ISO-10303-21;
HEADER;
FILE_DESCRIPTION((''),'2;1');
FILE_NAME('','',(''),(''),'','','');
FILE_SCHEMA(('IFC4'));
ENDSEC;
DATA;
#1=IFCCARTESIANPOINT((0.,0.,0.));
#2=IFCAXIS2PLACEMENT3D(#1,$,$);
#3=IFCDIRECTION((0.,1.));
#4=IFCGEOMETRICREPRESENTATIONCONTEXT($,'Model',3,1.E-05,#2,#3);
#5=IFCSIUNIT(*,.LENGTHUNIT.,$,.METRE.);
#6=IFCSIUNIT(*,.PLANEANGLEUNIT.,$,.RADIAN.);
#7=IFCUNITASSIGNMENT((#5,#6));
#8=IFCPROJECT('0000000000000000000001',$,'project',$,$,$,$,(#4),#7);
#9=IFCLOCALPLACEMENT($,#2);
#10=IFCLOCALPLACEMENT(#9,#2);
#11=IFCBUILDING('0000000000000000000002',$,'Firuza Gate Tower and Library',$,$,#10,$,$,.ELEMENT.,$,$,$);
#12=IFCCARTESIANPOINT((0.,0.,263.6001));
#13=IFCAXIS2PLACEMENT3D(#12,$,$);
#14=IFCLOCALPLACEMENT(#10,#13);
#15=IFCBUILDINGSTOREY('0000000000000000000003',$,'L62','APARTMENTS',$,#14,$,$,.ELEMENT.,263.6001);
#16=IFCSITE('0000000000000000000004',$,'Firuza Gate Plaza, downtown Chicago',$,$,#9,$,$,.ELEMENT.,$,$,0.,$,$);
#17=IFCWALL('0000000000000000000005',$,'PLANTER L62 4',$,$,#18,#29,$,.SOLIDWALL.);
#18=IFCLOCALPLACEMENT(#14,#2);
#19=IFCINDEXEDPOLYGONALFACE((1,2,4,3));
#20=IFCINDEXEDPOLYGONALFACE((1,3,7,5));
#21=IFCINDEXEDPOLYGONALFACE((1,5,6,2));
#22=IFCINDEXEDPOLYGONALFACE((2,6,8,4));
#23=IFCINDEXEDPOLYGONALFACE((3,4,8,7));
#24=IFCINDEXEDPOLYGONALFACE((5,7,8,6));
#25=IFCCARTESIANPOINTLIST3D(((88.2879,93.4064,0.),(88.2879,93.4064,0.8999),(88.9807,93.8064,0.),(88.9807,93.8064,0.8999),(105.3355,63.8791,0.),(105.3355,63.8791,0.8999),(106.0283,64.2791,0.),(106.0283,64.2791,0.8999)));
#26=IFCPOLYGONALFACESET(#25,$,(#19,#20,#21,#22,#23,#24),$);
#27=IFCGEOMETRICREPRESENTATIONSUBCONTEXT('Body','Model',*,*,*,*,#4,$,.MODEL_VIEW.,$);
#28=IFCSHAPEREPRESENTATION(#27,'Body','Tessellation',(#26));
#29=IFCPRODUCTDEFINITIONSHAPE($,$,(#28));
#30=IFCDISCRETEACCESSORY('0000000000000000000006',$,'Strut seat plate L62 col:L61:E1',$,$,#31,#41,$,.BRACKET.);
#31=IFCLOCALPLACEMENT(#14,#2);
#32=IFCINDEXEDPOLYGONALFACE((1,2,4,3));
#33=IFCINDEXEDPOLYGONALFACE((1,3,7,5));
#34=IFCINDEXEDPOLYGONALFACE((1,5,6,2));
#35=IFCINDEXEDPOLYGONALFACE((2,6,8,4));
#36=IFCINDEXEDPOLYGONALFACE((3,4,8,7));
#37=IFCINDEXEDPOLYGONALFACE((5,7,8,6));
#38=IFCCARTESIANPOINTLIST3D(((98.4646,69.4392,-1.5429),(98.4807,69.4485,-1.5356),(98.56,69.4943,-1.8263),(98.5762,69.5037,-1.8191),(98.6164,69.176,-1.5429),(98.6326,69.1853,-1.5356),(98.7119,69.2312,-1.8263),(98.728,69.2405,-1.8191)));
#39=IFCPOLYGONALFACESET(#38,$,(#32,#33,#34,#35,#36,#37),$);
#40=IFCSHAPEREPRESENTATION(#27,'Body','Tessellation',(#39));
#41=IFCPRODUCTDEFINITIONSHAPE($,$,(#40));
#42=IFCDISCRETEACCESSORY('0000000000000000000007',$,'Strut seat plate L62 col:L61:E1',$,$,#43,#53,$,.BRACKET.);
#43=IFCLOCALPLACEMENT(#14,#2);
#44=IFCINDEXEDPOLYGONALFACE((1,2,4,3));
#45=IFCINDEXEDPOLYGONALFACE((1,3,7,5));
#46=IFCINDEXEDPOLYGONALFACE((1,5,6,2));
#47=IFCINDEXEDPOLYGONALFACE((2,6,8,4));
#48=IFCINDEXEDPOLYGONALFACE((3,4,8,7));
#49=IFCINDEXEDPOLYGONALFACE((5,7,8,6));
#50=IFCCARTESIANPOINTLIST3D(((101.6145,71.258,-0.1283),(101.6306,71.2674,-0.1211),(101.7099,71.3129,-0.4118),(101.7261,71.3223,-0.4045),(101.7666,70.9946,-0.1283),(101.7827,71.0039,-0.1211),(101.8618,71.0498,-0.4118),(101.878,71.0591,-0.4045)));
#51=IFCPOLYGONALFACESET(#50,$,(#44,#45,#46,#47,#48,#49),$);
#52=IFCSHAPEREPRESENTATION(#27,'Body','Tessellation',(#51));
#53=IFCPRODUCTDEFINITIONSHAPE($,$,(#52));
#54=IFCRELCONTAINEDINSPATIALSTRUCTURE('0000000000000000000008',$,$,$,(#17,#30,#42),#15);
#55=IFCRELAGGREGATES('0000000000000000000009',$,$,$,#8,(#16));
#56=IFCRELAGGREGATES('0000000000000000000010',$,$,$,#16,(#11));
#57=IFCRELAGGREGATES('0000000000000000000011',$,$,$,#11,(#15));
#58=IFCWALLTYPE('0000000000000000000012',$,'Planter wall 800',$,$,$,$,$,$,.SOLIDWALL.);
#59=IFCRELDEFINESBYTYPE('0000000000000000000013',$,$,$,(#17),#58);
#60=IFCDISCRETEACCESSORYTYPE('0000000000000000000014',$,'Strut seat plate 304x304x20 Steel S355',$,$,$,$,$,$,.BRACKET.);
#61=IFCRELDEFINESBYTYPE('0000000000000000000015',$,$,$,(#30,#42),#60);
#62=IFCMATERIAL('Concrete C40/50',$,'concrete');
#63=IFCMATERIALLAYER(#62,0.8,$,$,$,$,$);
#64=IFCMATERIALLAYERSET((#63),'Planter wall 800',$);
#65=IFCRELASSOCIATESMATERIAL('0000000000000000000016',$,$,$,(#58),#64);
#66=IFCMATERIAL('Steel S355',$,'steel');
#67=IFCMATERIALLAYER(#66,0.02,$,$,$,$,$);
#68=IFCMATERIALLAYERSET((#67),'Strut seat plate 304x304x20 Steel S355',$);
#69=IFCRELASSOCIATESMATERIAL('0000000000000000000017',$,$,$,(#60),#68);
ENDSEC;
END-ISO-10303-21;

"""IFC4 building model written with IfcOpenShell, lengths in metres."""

from ifc_helpers import new_model, si_unit, direction, frame, frame_2d, origin, place, context, subcontext, project, spatial, polyline, rectangle, outline, extrude, material, layer, layer_set, type_object, element, save


model = new_model("IFC4")

# Units and contexts
model_context = context("Model", 3, precision=1e-05, world=origin(), true_north=direction((0.0, 1.0)))
body_context = subcontext(model_context, "Body", "Model", "MODEL_VIEW")
ifc_project = project(units=[si_unit("LENGTHUNIT", "METRE"), si_unit("PLANEANGLEUNIT", "RADIAN")], contexts=[model_context])

# Site, building, storey
site_placement = place(None, origin())
site = spatial("IfcSite", under=ifc_project, at=site_placement, Name="Firuza Gate Plaza, downtown Chicago", CompositionType="ELEMENT", RefElevation=0.0)
building_placement = place(site_placement, origin())
building = spatial("IfcBuilding", under=site, at=building_placement, Name="Firuza Gate Tower and Library", CompositionType="ELEMENT")
storey_placement = place(building_placement, frame((0.0, 0.0, 263.6001)))
storey = spatial("IfcBuildingStorey", under=building, at=storey_placement, Name="L62", Description="APARTMENTS", CompositionType="ELEMENT", Elevation=263.6001)

# Wall
ifc_material_1 = material(Name="Concrete C40/50", Category="concrete")
ifc_layer_1 = layer(ifc_material_1, 0.8)
ifc_layer_set_1 = layer_set([ifc_layer_1], Name="Planter wall 800")
wall_type = type_object("IfcWallType", Name="Planter wall 800", PredefinedType="SOLIDWALL", material=ifc_layer_set_1)
wall_placement = place(storey_placement, frame((105.6819, 64.0791, 0.0), z_axis=(0.0, 0.0, 1.0), x_axis=(-0.5, 0.866026, 0.0)))
element("IfcWall", 1, at=wall_placement, inside=storey, type_object=wall_type, Name="PLANTER L62 4", PredefinedType="SOLIDWALL", context=body_context, shape_type="SweptSolid", body=[
    extrude(rectangle(XDim=34.0952, YDim=0.8, at=frame_2d((17.0476, 0.0))), origin(), (0.0, 0.0, 1.0), 0.8999),
])

# Discrete accessories
ifc_material_2 = material(Name="Steel S355", Category="steel")
ifc_layer_2 = layer(ifc_material_2, 0.02)
ifc_layer_set_2 = layer_set([ifc_layer_2], Name="Strut seat plate 304x304x20 Steel S355")
discrete_accessory_type = type_object("IfcDiscreteAccessoryType", Name="Strut seat plate 304x304x20 Steel S355", PredefinedType="BRACKET", material=ifc_layer_set_2)
discrete_accessory_1_placement = place(storey_placement, frame((98.4807, 69.4485, -1.5356), z_axis=(0.807237, 0.465771, 0.362527), x_axis=(0.499769, -0.866159, 0.0)))
element("IfcDiscreteAccessory", 2, at=discrete_accessory_1_placement, inside=storey, type_object=discrete_accessory_type, Name="Strut seat plate L62 col:L61:E1", PredefinedType="BRACKET", context=body_context, shape_type="SweptSolid", body=[
    extrude(outline(polyline([(0.0, 0.0), (0.3039, 0.0), (0.3038, 0.3041), (-0.0001, 0.3041), (0.0, 0.0)])), origin(), (0.0, 0.0, -1.0), 0.02),
])
discrete_accessory_2_placement = place(storey_placement, frame((101.7827, 71.0039, -0.1211), z_axis=(0.807329, 0.465982, 0.362051), x_axis=(-0.499913, 0.866076, 0.00005)))
element("IfcDiscreteAccessory", 3, at=discrete_accessory_2_placement, inside=storey, type_object=discrete_accessory_type, Name="Strut seat plate L62 col:L61:E1", PredefinedType="BRACKET", context=body_context, shape_type="SweptSolid", body=[
    extrude(outline(polyline([(0.0, 0.0), (0.3042, 0.0), (0.304, -0.3041), (0.0002, -0.3041), (0.0, 0.0)])), origin(), (0.0, 0.0, -1.0), 0.02),
])

save(model, "model.ifc")
